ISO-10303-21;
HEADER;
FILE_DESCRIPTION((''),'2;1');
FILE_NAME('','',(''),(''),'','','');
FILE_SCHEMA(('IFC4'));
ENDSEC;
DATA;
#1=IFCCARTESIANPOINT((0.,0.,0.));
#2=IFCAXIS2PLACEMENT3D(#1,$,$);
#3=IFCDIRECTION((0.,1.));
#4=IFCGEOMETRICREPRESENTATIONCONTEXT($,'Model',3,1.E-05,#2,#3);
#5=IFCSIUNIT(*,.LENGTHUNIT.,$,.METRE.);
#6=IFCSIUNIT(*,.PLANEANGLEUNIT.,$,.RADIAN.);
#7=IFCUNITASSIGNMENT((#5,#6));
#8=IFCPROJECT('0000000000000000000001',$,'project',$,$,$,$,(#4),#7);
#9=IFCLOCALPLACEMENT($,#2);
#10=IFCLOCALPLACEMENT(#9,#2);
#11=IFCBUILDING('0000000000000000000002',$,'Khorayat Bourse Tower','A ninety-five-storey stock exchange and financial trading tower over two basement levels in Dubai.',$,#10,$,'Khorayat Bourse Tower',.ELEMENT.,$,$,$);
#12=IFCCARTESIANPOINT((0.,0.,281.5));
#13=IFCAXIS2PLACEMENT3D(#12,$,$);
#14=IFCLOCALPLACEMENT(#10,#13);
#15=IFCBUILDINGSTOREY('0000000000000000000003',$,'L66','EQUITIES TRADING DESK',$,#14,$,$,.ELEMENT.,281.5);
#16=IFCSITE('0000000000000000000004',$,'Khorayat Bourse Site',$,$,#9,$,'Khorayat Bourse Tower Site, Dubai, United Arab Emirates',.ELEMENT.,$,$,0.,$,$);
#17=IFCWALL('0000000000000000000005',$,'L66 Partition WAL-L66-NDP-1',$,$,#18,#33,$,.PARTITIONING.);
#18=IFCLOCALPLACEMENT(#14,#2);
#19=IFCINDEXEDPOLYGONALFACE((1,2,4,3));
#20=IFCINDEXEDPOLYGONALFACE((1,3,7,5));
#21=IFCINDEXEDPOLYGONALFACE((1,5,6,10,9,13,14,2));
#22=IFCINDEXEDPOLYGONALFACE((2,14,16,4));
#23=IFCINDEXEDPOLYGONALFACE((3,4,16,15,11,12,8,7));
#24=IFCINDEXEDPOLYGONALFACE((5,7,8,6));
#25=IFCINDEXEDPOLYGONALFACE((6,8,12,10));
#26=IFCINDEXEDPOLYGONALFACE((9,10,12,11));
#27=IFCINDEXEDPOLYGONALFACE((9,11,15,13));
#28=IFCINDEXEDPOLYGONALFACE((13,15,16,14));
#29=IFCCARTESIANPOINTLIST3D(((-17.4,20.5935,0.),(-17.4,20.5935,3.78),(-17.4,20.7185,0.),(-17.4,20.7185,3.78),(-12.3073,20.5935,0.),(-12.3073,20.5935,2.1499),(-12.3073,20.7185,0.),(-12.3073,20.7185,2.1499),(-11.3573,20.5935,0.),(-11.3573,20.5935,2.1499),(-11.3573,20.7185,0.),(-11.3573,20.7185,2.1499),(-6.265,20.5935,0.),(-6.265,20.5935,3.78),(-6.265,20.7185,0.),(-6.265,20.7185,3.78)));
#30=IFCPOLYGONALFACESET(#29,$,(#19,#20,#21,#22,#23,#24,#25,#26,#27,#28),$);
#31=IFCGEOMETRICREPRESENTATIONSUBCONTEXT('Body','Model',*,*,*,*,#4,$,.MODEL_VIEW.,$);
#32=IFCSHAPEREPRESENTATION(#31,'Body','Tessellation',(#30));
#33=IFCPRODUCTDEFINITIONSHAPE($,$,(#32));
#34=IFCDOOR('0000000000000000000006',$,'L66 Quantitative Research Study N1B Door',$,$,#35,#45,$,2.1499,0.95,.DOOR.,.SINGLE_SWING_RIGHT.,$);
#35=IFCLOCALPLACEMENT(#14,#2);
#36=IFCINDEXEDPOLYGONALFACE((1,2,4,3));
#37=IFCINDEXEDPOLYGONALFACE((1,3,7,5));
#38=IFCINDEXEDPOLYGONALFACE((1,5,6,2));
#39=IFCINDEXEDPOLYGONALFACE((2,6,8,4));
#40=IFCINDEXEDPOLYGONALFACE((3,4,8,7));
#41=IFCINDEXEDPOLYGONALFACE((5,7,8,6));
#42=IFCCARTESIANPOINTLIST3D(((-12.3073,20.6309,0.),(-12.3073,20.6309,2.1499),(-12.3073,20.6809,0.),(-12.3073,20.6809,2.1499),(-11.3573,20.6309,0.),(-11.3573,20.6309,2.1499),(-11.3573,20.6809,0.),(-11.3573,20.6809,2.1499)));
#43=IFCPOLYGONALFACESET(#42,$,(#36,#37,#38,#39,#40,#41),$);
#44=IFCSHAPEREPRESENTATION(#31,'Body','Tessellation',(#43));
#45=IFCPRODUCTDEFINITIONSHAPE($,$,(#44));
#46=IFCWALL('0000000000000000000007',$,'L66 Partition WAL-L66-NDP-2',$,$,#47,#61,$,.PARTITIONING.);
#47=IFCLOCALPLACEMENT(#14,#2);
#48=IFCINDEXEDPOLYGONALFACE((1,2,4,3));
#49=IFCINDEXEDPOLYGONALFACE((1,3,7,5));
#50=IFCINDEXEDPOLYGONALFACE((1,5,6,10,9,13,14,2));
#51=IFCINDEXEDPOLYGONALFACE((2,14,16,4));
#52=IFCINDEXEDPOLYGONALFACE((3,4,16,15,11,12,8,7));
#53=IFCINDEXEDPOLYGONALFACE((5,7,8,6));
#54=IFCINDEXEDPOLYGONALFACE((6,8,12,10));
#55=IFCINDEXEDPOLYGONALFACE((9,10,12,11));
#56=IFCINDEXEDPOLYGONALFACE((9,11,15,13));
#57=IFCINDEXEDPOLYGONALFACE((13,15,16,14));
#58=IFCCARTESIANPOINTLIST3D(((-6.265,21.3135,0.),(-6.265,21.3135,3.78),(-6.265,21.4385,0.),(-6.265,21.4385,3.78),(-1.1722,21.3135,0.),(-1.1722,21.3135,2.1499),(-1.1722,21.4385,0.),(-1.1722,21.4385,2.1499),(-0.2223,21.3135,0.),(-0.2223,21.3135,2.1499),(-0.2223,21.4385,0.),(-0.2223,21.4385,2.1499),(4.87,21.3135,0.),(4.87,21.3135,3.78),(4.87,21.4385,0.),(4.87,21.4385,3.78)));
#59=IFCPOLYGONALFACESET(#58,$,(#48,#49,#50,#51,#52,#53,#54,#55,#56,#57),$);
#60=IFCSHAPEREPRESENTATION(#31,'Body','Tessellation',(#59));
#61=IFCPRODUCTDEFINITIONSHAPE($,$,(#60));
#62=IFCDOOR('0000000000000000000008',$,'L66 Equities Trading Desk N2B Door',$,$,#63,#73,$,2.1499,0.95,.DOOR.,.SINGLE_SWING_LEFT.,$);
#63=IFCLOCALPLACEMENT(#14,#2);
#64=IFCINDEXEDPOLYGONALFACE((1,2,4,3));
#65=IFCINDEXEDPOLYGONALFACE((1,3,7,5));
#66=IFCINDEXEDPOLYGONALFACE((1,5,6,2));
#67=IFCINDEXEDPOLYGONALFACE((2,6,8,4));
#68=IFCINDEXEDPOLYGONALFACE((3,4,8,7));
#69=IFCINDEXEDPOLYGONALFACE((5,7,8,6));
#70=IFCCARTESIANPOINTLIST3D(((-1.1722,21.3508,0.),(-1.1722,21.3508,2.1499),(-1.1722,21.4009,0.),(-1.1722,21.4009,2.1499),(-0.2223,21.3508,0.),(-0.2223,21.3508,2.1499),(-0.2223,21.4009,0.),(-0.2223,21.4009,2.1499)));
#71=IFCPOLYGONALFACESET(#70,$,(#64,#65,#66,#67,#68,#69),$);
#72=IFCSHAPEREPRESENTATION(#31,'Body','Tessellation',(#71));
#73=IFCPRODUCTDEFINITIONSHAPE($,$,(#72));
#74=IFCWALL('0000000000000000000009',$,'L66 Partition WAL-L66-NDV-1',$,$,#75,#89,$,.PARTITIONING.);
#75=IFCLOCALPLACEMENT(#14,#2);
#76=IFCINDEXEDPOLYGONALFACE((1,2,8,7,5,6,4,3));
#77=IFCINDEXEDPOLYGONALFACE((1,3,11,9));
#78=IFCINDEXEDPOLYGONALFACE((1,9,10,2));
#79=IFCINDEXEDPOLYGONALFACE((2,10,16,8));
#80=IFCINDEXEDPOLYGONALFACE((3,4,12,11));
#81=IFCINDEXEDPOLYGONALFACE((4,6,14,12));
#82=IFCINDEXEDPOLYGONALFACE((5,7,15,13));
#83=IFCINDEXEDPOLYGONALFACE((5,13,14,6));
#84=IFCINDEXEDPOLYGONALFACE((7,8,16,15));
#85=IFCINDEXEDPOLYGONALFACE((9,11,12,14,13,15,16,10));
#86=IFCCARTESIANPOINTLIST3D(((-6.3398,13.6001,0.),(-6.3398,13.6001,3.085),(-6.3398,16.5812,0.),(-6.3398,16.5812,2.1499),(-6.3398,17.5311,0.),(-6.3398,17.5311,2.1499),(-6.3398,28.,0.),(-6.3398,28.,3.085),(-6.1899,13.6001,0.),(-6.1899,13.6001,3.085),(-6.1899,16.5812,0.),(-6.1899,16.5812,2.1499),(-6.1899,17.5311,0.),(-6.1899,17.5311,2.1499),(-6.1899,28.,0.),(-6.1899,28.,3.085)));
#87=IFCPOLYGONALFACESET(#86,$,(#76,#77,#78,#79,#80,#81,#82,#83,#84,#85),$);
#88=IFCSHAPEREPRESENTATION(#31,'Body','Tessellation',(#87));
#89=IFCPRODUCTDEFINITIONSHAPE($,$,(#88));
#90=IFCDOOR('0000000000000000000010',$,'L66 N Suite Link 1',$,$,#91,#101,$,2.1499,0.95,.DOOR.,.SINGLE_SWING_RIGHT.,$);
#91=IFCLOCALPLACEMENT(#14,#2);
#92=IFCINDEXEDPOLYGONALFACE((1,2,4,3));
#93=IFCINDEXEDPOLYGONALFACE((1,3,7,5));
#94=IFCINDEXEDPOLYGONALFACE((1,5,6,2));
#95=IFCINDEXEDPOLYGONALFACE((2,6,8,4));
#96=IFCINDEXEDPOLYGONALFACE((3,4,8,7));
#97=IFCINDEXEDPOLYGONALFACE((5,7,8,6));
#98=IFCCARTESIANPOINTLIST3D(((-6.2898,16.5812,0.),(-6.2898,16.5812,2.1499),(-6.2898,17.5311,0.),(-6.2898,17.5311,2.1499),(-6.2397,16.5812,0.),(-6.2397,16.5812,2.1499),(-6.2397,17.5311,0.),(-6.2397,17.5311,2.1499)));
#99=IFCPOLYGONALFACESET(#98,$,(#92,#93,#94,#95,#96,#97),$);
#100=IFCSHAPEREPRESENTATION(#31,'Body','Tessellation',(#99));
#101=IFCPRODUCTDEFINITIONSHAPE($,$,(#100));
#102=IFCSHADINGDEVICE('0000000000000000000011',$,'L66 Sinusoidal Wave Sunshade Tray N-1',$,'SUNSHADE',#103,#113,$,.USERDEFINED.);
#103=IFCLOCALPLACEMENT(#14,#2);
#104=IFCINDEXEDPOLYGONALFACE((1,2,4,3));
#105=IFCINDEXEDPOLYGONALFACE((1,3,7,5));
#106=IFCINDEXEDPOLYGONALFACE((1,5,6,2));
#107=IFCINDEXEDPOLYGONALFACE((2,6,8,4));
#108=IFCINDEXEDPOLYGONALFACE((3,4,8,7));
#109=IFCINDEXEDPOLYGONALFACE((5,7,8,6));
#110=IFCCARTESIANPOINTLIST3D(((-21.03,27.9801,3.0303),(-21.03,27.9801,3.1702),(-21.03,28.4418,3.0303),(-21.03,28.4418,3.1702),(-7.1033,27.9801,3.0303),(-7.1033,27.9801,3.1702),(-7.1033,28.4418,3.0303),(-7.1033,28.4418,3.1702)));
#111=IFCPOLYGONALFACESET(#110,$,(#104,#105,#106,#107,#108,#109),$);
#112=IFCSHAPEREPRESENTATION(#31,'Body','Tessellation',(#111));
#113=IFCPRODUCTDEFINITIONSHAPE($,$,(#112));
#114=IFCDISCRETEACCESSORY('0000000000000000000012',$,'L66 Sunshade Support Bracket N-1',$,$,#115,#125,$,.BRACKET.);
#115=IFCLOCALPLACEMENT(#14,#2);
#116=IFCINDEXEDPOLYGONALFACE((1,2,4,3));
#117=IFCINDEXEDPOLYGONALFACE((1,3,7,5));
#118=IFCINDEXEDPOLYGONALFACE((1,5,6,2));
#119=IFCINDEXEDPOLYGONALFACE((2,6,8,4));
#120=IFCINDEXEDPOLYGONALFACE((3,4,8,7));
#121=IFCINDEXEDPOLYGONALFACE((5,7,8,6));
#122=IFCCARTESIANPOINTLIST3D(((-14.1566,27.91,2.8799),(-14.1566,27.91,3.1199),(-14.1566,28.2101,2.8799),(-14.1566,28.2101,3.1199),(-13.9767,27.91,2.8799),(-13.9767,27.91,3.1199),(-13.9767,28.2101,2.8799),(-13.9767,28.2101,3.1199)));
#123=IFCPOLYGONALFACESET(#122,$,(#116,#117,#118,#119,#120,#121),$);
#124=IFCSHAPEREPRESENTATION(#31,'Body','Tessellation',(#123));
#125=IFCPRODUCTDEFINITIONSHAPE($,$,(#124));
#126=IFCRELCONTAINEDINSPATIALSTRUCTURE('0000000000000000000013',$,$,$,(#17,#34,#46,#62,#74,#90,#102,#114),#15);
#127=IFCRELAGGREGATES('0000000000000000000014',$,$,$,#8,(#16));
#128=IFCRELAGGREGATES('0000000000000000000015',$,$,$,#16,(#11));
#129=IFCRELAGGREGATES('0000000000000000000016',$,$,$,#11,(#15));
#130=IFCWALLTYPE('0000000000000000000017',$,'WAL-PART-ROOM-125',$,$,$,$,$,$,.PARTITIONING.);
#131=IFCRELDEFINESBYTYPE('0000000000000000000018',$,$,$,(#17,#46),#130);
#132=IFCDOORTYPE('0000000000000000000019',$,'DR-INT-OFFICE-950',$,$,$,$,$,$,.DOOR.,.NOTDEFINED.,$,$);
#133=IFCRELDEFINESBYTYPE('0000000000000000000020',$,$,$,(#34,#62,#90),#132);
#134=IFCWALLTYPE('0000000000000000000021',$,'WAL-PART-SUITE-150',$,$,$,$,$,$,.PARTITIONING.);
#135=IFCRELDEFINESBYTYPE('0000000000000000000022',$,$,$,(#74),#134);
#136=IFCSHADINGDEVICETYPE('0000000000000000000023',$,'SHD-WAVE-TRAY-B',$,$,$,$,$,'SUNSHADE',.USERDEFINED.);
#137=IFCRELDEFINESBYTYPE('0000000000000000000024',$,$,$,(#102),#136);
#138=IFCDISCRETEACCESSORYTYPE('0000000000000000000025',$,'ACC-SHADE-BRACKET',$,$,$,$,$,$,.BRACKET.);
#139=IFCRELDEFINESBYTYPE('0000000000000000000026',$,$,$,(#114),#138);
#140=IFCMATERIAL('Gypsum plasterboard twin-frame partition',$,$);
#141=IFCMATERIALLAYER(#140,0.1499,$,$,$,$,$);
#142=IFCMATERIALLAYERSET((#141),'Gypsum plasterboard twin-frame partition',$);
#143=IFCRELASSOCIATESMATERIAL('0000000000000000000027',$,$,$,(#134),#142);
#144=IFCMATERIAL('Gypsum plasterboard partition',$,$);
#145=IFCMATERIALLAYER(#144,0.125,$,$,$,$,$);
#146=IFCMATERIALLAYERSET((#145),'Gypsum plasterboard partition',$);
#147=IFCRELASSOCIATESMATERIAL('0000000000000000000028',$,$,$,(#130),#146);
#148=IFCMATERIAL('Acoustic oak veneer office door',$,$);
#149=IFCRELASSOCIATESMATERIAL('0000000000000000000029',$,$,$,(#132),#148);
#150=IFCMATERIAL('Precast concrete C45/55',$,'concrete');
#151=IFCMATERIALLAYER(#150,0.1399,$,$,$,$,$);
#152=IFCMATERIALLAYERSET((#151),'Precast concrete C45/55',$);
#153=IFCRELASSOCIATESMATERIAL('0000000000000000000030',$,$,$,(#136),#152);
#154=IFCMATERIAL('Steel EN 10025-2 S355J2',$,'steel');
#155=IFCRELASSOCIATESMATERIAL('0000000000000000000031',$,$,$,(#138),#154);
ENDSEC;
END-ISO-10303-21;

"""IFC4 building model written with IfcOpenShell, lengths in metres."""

from ifc_helpers import new_model, si_unit, direction, frame, frame_2d, origin, origin_2d, place, context, subcontext, project, spatial, rectangle, extrude, source, transform, mapped, material, layer, layer_set, type_object, element, fill, save


model = new_model("IFC4")

# Units and contexts
model_context = context("Model", 3, precision=1e-05, world=origin(), true_north=direction((0.0, 1.0)))
body_context = subcontext(model_context, "Body", "Model", "MODEL_VIEW")
ifc_project = project(units=[si_unit("LENGTHUNIT", "METRE"), si_unit("PLANEANGLEUNIT", "RADIAN")], contexts=[model_context])

# Site, building, storey
site_placement = place(None, origin())
site = spatial("IfcSite", under=ifc_project, at=site_placement, Name="Khorayat Bourse Site", LongName="Khorayat Bourse Tower Site, Dubai, United Arab Emirates", CompositionType="ELEMENT", RefElevation=0.0)
building_placement = place(site_placement, origin())
building = spatial("IfcBuilding", under=site, at=building_placement, Name="Khorayat Bourse Tower", Description="A ninety-five-storey stock exchange and financial trading tower over two basement levels in Dubai.", LongName="Khorayat Bourse Tower", CompositionType="ELEMENT")
storey_placement = place(building_placement, frame((0.0, 0.0, 281.5)))
storey = spatial("IfcBuildingStorey", under=building, at=storey_placement, Name="L66", Description="EQUITIES TRADING DESK", CompositionType="ELEMENT", Elevation=281.5)

# Shared definitions
ifc_material_1 = material(Name="Steel EN 10025-2 S355J2", Category="steel")

# Shared definitions
ifc_material_2 = material(Name="Gypsum plasterboard twin-frame partition")
ifc_layer_1 = layer(ifc_material_2, 0.1499)
ifc_layer_set_1 = layer_set([ifc_layer_1], Name="Gypsum plasterboard twin-frame partition")
wall_type_1 = type_object("IfcWallType", Name="WAL-PART-SUITE-150", PredefinedType="PARTITIONING", material=ifc_layer_set_1)

# Walls, openings, doors
ifc_material_3 = material(Name="Gypsum plasterboard partition")
ifc_layer_2 = layer(ifc_material_3, 0.125)
ifc_layer_set_2 = layer_set([ifc_layer_2], Name="Gypsum plasterboard partition")
wall_type_2 = type_object("IfcWallType", Name="WAL-PART-ROOM-125", PredefinedType="PARTITIONING", material=ifc_layer_set_2)
shared_shape_1 = source(origin(), body_context, "Body", "SweptSolid", [
    extrude(rectangle(XDim=11.135, YDim=0.125, at=frame_2d((5.5674, 0.0))), origin(), (0.0, 0.0, 1.0), 3.78),
])
wall_1_placement = place(storey_placement, frame((-17.3999, 20.656, 0.0), z_axis=(0.0, 0.0, 1.0), x_axis=(1.0, 0.0, 0.0)))
wall_1 = element("IfcWall", 1, at=wall_1_placement, inside=storey, type_object=wall_type_2, Name="L66 Partition WAL-L66-NDP-1", PredefinedType="PARTITIONING", context=body_context, shape_type="MappedRepresentation", body=[
    mapped(shared_shape_1, transform((0.0, 0.0, 0.0), scale=1.0)),
])
shared_shape_2 = source(origin(), body_context, "Body", "SweptSolid", [
    extrude(rectangle(XDim=0.95, YDim=2.1499, at=frame_2d((0.4751, 1.075))), frame((0.0, 0.0725, 0.0), z_axis=(0.0, -1.0, 0.0), x_axis=(1.0, 0.0, 0.0)), (0.0, 0.0, 1.0), 0.145),
])
opening_1_placement = place(wall_1_placement, frame((5.0925, 0.0, 0.0)))
opening_1 = element("IfcOpeningElement", 2, at=opening_1_placement, cuts=wall_1, PredefinedType="OPENING", context=body_context, shape_type="MappedRepresentation", body=[
    mapped(shared_shape_2, transform((0.0, 0.0, 0.0), scale=1.0)),
])
ifc_material_4 = material(Name="Acoustic oak veneer office door")
door_type_1 = type_object("IfcDoorType", Name="DR-INT-OFFICE-950", OperationType="NOTDEFINED", PredefinedType="DOOR", material=ifc_material_4)
shared_shape_3 = source(origin(), body_context, "Body", "SweptSolid", [
    extrude(rectangle(XDim=0.95, YDim=2.1499, at=frame_2d((0.4751, 1.075))), frame((0.0, 0.0249, 0.0), z_axis=(0.0, -1.0, 0.0), x_axis=(1.0, 0.0, 0.0)), (0.0, 0.0, 1.0), 0.05),
])
door_1_placement = place(opening_1_placement, origin())
door_1 = element("IfcDoor", 3, at=door_1_placement, inside=storey, type_object=door_type_1, Name="L66 Quantitative Research Study N1B Door", OperationType="SINGLE_SWING_RIGHT", OverallHeight=2.1499, OverallWidth=0.95, PredefinedType="DOOR", context=body_context, shape_type="MappedRepresentation", body=[
    mapped(shared_shape_3, transform((0.0, 0.0, 0.0), scale=1.0)),
])
fill(opening_1, door_1)
wall_2_placement = place(storey_placement, frame((-6.2649, 21.376, 0.0), z_axis=(0.0, 0.0, 1.0), x_axis=(1.0, 0.0, 0.0)))
wall_2 = element("IfcWall", 4, at=wall_2_placement, inside=storey, type_object=wall_type_2, Name="L66 Partition WAL-L66-NDP-2", PredefinedType="PARTITIONING", context=body_context, shape_type="MappedRepresentation", body=[
    mapped(shared_shape_1, transform((0.0, 0.0, 0.0), scale=1.0)),
])
opening_2_placement = place(wall_2_placement, frame((5.0925, 0.0, 0.0)))
opening_2 = element("IfcOpeningElement", 5, at=opening_2_placement, cuts=wall_2, PredefinedType="OPENING", context=body_context, shape_type="MappedRepresentation", body=[
    mapped(shared_shape_2, transform((0.0, 0.0, 0.0), scale=1.0)),
])
door_2_placement = place(opening_2_placement, origin())
door_2 = element("IfcDoor", 6, at=door_2_placement, inside=storey, type_object=door_type_1, Name="L66 Equities Trading Desk N2B Door", OperationType="SINGLE_SWING_LEFT", OverallHeight=2.1499, OverallWidth=0.95, PredefinedType="DOOR", context=body_context, shape_type="MappedRepresentation", body=[
    mapped(shared_shape_3, transform((0.0, 0.0, 0.0), scale=1.0)),
])
fill(opening_2, door_2)
shared_shape_4 = source(origin(), body_context, "Body", "SweptSolid", [
    extrude(rectangle(XDim=14.3999, YDim=0.1499, at=frame_2d((7.2, 0.0))), origin(), (0.0, 0.0, 1.0), 3.085),
])
wall_3_placement = place(storey_placement, frame((-6.2649, 13.6001, 0.0), z_axis=(0.0, 0.0, 1.0), x_axis=(0.0, 1.0, 0.0)))
wall_3 = element("IfcWall", 7, at=wall_3_placement, inside=storey, type_object=wall_type_1, Name="L66 Partition WAL-L66-NDV-1", PredefinedType="PARTITIONING", context=body_context, shape_type="MappedRepresentation", body=[
    mapped(shared_shape_4, transform((0.0, 0.0, 0.0), scale=1.0)),
])
shared_shape_5 = source(origin(), body_context, "Body", "SweptSolid", [
    extrude(rectangle(XDim=0.95, YDim=2.1499, at=frame_2d((0.4751, 1.075))), frame((0.0, 0.085, 0.0), z_axis=(0.0, -1.0, 0.0), x_axis=(1.0, 0.0, 0.0)), (0.0, 0.0, 1.0), 0.1699),
])
opening_3_placement = place(wall_3_placement, frame((2.981, 0.0, 0.0)))
opening_3 = element("IfcOpeningElement", 8, at=opening_3_placement, cuts=wall_3, PredefinedType="OPENING", context=body_context, shape_type="MappedRepresentation", body=[
    mapped(shared_shape_5, transform((0.0, 0.0, 0.0), scale=1.0)),
])
door_3_placement = place(opening_3_placement, origin())
door_3 = element("IfcDoor", 9, at=door_3_placement, inside=storey, type_object=door_type_1, Name="L66 N Suite Link 1", OperationType="SINGLE_SWING_RIGHT", OverallHeight=2.1499, OverallWidth=0.95, PredefinedType="DOOR", context=body_context, shape_type="MappedRepresentation", body=[
    mapped(shared_shape_3, transform((0.0, 0.0, 0.0), scale=1.0)),
])
fill(opening_3, door_3)

# Shading device
ifc_material_5 = material(Name="Precast concrete C45/55", Category="concrete")
ifc_layer_3 = layer(ifc_material_5, 0.1399)
ifc_layer_set_3 = layer_set([ifc_layer_3], Name="Precast concrete C45/55")
shading_device_type = type_object("IfcShadingDeviceType", Name="SHD-WAVE-TRAY-B", ElementType="SUNSHADE", PredefinedType="USERDEFINED", material=ifc_layer_set_3)
shared_shape_6 = source(origin(), body_context, "Body", "SweptSolid", [
    extrude(rectangle(XDim=13.9268, YDim=0.4617, at=origin_2d()), origin(), (0.0, 0.0, 1.0), 0.1399),
])
shading_device_placement = place(storey_placement, frame((-14.0667, 28.2109, 3.0303), z_axis=(0.0, 0.0, 1.0), x_axis=(1.0, 0.0, 0.0)))
element("IfcShadingDevice", 10, at=shading_device_placement, inside=storey, type_object=shading_device_type, Name="L66 Sinusoidal Wave Sunshade Tray N-1", ObjectType="SUNSHADE", PredefinedType="USERDEFINED", context=body_context, shape_type="MappedRepresentation", body=[
    mapped(shared_shape_6, transform((0.0, 0.0, 0.0), scale=1.0)),
])

# Discrete accessory
discrete_accessory_type = type_object("IfcDiscreteAccessoryType", Name="ACC-SHADE-BRACKET", PredefinedType="BRACKET", material=ifc_material_1)
shared_shape_7 = source(origin(), body_context, "Body", "SweptSolid", [
    extrude(rectangle(XDim=0.1799, YDim=0.3, at=origin_2d()), origin(), (0.0, 0.0, 1.0), 0.24),
])
discrete_accessory_placement = place(storey_placement, frame((-14.0667, 28.0601, 2.8799), z_axis=(0.0, 0.0, 1.0), x_axis=(1.0, 0.0, 0.0)))
element("IfcDiscreteAccessory", 11, at=discrete_accessory_placement, inside=storey, type_object=discrete_accessory_type, Name="L66 Sunshade Support Bracket N-1", PredefinedType="BRACKET", context=body_context, shape_type="MappedRepresentation", body=[
    mapped(shared_shape_7, transform((0.0, 0.0, 0.0), scale=1.0)),
])

save(model, "model.ifc")
